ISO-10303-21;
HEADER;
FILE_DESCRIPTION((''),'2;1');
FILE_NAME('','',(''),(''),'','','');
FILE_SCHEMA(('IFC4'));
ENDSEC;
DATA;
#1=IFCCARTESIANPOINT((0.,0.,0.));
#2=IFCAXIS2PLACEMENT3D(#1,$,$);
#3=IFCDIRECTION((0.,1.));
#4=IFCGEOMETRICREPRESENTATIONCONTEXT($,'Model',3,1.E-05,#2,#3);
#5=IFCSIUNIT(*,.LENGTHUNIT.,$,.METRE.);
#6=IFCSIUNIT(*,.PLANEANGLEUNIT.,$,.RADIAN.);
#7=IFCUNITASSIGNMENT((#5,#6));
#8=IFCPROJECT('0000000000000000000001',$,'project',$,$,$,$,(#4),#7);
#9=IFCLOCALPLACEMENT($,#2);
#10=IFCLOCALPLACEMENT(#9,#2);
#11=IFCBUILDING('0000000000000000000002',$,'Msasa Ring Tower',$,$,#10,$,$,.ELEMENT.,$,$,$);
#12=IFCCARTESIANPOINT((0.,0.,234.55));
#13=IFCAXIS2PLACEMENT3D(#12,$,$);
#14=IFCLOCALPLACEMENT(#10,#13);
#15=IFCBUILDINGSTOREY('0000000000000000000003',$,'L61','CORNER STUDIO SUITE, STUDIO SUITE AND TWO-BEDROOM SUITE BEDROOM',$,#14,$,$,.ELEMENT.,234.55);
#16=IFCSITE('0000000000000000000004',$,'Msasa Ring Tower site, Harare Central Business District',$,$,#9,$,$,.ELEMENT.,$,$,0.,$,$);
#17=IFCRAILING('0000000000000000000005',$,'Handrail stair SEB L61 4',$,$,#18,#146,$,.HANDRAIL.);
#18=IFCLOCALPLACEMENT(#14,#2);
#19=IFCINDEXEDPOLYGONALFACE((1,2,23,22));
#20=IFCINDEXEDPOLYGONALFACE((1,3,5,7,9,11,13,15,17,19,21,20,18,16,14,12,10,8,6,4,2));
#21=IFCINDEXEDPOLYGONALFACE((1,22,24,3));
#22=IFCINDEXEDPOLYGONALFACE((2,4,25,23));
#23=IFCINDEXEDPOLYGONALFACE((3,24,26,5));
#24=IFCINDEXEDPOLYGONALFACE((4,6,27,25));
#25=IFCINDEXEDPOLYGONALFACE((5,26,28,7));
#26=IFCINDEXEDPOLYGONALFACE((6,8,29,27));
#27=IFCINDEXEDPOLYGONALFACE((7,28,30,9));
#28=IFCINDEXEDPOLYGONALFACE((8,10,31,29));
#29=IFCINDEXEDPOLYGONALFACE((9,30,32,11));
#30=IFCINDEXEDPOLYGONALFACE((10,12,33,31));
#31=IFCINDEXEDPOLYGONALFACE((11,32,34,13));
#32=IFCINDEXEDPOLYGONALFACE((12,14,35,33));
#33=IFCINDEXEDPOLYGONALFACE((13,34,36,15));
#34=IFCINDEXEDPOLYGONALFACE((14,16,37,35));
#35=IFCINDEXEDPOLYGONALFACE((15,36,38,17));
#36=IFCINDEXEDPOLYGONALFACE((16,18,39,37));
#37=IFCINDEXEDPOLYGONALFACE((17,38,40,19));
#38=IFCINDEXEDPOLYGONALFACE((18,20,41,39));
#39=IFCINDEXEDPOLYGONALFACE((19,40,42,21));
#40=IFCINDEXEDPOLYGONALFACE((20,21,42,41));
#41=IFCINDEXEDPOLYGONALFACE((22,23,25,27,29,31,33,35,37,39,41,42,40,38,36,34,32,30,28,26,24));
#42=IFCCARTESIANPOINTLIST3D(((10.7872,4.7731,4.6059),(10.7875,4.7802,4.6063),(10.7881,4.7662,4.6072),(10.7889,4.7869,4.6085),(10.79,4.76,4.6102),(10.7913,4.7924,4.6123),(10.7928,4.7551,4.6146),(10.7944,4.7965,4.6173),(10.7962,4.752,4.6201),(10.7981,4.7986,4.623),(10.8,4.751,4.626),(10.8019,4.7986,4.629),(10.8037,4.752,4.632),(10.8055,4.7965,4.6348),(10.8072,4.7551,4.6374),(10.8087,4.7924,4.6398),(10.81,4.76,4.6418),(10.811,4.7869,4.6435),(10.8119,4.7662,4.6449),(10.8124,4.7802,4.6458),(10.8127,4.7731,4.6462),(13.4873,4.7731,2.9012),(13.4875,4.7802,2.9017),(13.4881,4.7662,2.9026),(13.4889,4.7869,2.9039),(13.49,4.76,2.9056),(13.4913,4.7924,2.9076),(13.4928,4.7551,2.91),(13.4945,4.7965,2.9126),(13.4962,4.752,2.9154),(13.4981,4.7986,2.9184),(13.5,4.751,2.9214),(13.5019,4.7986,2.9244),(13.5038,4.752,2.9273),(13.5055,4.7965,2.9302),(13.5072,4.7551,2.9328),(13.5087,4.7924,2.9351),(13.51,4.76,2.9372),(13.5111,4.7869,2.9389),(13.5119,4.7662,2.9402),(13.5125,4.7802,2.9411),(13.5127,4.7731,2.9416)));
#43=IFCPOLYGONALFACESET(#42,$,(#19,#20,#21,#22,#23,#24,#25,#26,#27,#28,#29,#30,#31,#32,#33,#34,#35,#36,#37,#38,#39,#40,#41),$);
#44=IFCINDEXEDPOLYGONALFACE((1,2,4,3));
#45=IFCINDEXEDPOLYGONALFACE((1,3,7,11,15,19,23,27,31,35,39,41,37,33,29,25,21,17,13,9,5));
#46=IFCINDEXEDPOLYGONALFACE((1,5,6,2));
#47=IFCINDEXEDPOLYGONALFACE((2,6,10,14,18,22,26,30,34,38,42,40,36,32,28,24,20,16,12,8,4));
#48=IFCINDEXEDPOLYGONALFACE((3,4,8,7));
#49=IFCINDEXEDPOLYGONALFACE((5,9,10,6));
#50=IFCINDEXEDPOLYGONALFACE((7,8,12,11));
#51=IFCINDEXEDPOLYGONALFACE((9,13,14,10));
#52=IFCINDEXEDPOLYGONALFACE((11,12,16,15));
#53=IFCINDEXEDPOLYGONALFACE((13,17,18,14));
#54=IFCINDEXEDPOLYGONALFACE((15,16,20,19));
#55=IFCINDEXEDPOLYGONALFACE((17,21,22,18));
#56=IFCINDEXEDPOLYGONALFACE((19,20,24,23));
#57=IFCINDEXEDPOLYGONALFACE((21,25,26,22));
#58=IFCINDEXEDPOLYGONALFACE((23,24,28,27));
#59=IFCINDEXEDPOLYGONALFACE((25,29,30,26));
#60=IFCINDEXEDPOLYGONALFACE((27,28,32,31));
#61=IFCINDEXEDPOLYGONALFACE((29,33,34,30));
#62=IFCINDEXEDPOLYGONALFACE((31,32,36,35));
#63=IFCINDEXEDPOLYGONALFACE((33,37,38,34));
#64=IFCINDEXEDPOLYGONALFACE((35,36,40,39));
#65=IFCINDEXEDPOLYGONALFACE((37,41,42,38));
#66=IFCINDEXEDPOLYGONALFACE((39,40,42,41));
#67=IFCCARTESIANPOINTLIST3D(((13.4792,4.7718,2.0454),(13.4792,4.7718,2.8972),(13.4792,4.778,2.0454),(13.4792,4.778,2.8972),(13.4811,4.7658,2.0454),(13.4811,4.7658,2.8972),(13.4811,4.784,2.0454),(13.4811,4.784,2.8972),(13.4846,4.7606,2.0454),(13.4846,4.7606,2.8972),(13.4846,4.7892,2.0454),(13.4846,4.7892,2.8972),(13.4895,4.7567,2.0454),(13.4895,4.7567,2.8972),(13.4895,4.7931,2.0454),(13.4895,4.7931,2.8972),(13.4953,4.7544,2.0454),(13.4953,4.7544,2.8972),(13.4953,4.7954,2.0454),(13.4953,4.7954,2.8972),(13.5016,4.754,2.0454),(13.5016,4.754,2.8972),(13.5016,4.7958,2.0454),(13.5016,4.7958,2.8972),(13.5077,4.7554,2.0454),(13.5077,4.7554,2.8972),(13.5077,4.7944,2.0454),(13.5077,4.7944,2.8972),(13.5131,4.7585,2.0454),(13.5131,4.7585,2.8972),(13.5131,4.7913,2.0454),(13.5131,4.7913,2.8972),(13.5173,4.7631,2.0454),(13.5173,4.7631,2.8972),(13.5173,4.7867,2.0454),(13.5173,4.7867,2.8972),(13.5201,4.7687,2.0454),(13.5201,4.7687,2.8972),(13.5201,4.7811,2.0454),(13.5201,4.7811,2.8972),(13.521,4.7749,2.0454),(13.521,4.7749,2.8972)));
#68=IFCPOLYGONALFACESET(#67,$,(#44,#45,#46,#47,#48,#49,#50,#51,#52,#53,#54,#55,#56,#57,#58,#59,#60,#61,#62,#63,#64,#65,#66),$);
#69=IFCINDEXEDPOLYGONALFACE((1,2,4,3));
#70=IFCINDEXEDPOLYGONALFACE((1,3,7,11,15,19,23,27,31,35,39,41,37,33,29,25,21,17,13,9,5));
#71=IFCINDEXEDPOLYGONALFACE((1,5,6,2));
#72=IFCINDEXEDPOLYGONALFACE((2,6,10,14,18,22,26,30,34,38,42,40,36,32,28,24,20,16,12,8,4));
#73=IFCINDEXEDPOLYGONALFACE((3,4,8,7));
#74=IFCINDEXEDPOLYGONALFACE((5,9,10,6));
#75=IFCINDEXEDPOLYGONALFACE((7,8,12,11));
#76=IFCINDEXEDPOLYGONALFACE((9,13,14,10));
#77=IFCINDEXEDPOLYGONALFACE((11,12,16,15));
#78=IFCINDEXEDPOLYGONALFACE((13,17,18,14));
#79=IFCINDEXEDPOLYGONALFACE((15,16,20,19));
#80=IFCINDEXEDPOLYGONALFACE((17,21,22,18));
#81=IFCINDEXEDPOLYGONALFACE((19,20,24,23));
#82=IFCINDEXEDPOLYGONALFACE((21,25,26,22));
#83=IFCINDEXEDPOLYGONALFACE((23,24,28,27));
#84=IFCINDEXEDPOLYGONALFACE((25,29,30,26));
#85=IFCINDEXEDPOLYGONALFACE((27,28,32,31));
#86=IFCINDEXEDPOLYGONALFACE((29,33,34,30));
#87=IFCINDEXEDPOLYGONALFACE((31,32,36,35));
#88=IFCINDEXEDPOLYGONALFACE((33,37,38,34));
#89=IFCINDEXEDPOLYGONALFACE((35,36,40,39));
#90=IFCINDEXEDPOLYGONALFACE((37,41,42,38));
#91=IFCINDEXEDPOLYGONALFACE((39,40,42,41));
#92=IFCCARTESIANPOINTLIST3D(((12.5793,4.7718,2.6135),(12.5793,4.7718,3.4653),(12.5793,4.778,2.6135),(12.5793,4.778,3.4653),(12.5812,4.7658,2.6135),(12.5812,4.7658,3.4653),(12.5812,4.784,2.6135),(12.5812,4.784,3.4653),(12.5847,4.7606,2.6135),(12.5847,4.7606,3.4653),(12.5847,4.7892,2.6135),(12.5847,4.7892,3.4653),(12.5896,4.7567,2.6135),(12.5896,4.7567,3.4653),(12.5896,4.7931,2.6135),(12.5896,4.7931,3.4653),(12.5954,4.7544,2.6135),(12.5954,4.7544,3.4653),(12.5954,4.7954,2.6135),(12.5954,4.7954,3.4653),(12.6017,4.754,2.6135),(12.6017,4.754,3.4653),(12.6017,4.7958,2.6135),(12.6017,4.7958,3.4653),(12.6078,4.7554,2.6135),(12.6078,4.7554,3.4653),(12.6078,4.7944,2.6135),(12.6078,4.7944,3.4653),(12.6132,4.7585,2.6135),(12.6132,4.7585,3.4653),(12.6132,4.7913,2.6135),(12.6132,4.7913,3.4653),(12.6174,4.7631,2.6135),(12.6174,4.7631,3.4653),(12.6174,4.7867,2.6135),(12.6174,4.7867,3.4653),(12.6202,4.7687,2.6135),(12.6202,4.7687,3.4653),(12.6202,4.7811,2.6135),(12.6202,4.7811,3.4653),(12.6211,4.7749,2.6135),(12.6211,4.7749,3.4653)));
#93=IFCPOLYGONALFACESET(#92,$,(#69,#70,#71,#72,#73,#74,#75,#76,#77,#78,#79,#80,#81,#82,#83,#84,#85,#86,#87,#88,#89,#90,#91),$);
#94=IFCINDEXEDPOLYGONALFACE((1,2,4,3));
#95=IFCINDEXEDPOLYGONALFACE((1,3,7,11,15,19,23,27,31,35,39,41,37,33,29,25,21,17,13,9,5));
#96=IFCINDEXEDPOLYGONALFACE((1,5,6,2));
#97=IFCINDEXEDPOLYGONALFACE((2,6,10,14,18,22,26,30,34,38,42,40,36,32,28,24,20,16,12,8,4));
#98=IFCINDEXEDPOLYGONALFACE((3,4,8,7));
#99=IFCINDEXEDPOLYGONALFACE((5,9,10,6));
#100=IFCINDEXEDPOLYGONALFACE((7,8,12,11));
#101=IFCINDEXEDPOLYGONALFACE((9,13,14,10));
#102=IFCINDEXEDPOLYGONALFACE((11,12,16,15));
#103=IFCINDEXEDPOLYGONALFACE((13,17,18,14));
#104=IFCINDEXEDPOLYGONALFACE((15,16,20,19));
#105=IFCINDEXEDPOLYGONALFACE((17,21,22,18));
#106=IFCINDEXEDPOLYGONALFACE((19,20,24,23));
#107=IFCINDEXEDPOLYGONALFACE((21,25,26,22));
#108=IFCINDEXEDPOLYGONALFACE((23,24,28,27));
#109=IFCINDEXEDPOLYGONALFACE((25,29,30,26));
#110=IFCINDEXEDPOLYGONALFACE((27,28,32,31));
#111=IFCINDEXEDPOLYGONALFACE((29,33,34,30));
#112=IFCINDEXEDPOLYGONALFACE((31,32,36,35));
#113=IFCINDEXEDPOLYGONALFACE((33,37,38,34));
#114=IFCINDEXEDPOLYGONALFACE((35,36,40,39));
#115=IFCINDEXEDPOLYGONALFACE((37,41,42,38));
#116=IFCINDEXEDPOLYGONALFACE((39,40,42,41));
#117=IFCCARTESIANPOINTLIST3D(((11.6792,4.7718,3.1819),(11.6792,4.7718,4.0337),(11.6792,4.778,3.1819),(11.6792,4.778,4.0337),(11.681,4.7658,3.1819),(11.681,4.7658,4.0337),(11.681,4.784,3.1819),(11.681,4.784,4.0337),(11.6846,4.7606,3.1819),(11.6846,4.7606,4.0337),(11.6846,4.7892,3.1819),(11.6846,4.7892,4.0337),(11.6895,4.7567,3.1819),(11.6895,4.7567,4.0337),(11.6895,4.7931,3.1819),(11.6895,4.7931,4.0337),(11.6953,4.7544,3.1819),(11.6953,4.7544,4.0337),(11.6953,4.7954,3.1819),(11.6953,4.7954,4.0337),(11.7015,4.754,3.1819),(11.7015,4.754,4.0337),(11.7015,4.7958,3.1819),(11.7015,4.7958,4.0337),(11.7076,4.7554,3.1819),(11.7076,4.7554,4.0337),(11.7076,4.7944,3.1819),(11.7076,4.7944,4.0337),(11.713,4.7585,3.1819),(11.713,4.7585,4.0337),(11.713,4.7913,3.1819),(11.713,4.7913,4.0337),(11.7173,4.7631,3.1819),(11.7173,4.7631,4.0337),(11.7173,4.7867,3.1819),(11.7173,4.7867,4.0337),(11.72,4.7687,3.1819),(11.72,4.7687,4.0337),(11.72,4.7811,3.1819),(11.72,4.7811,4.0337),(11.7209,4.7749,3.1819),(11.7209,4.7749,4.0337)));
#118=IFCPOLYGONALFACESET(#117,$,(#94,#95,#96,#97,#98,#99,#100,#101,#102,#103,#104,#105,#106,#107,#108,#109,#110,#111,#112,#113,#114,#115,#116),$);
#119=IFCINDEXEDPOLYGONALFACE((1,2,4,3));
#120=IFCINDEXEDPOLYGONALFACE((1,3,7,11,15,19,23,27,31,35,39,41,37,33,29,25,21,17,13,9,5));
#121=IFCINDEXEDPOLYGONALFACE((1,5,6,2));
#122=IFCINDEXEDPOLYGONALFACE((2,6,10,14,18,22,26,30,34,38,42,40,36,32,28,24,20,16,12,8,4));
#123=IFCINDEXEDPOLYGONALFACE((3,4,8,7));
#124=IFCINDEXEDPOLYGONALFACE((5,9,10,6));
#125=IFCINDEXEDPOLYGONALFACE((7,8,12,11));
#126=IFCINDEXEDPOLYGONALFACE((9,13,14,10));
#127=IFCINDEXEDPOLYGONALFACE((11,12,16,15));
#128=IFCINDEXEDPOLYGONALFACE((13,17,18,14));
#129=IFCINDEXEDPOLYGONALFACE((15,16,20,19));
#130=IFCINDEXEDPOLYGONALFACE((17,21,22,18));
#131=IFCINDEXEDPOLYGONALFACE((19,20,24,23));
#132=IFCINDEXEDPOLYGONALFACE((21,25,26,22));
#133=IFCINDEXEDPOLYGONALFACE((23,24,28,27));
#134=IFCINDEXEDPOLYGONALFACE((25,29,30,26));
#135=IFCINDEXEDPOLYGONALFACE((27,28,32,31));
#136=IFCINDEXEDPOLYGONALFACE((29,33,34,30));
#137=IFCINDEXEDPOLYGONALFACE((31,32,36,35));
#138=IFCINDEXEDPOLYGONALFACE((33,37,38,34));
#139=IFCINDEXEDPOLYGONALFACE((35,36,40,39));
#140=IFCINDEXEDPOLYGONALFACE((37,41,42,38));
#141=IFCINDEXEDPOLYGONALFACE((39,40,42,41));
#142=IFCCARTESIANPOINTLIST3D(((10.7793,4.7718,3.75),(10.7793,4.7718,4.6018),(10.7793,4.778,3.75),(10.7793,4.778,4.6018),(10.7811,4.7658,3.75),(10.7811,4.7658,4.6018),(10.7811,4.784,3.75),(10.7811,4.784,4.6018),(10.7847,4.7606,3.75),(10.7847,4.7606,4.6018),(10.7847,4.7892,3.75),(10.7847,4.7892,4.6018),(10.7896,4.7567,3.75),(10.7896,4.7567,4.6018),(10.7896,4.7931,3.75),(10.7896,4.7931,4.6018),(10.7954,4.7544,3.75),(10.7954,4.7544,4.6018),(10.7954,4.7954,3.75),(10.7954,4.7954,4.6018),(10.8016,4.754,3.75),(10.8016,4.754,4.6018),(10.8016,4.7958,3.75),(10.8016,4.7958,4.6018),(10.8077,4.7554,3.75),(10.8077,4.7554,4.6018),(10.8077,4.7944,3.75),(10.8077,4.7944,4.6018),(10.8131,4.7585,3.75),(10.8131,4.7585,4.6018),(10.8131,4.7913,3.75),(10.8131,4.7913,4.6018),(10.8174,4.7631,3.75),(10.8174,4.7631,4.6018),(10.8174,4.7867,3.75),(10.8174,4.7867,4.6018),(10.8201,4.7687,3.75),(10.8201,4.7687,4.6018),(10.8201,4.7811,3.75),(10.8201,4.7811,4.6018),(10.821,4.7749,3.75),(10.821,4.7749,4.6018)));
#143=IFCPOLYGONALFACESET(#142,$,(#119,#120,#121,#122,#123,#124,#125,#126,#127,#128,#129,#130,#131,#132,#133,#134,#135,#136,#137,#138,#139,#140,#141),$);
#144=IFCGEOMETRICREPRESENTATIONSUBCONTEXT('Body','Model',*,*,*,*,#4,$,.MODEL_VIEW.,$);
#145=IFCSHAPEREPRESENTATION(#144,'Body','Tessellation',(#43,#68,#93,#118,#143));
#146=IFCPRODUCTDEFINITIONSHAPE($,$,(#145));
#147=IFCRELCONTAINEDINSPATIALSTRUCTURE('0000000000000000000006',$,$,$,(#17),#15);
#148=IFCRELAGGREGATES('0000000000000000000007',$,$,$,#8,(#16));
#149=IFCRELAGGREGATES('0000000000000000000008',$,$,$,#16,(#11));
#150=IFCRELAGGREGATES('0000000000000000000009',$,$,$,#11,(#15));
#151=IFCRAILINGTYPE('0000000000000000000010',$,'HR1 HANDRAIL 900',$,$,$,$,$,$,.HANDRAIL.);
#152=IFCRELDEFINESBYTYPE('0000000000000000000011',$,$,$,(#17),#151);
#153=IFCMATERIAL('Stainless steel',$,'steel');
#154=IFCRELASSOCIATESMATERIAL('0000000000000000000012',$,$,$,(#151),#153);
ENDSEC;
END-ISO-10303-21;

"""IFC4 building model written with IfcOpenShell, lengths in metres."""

from ifc_helpers import new_model, si_unit, direction, frame, origin, origin_2d, place, context, subcontext, project, spatial, circle, extrude, material, type_object, element, save


model = new_model("IFC4")

# Units and contexts
model_context = context("Model", 3, precision=1e-05, world=origin(), true_north=direction((0.0, 1.0)))
body_context = subcontext(model_context, "Body", "Model", "MODEL_VIEW")
ifc_project = project(units=[si_unit("LENGTHUNIT", "METRE"), si_unit("PLANEANGLEUNIT", "RADIAN")], contexts=[model_context])

# Site, building, storey
site_placement = place(None, origin())
site = spatial("IfcSite", under=ifc_project, at=site_placement, Name="Msasa Ring Tower site, Harare Central Business District", CompositionType="ELEMENT", RefElevation=0.0)
building_placement = place(site_placement, origin())
building = spatial("IfcBuilding", under=site, at=building_placement, Name="Msasa Ring Tower", CompositionType="ELEMENT")
storey_placement = place(building_placement, frame((0.0, 0.0, 234.55)))
storey = spatial("IfcBuildingStorey", under=building, at=storey_placement, Name="L61", Description="CORNER STUDIO SUITE, STUDIO SUITE AND TWO-BEDROOM SUITE BEDROOM", CompositionType="ELEMENT", Elevation=234.55)

# Railing
ifc_material_1 = material(Name="Stainless steel", Category="steel")
railing_type = type_object("IfcRailingType", Name="HR1 HANDRAIL 900", PredefinedType="HANDRAIL", material=ifc_material_1)
for number, where, name in (
    (1, (13.5, 4.7749, 2.0454), "Handrail stair SEB L61 4"),
):
    element("IfcRailing", number, at=place(storey_placement, frame(where)), inside=storey, type_object=railing_type, Name=name, PredefinedType="HANDRAIL", context=body_context, shape_type="SweptSolid", body=[
        extrude(circle(Radius=0.0239, at=origin_2d()), frame((0.0, 0.0, 0.876), z_axis=(-0.84558, 0.0, 0.533849), x_axis=(0.0, -1.0, 0.0)), (0.0, 0.0, 1.0), 3.1931),
        extrude(circle(Radius=0.021, at=origin_2d()), origin(), (0.0, 0.0, 1.0), 0.8518),
        extrude(circle(Radius=0.021, at=origin_2d()), frame((-0.8999, 0.0, 0.5681)), (0.0, 0.0, 1.0), 0.8518),
        extrude(circle(Radius=0.021, at=origin_2d()), frame((-1.8, 0.0, 1.1365)), (0.0, 0.0, 1.0), 0.8518),
        extrude(circle(Radius=0.021, at=origin_2d()), frame((-2.7, 0.0, 1.7046)), (0.0, 0.0, 1.0), 0.8518),
    ])

save(model, "model.ifc")
